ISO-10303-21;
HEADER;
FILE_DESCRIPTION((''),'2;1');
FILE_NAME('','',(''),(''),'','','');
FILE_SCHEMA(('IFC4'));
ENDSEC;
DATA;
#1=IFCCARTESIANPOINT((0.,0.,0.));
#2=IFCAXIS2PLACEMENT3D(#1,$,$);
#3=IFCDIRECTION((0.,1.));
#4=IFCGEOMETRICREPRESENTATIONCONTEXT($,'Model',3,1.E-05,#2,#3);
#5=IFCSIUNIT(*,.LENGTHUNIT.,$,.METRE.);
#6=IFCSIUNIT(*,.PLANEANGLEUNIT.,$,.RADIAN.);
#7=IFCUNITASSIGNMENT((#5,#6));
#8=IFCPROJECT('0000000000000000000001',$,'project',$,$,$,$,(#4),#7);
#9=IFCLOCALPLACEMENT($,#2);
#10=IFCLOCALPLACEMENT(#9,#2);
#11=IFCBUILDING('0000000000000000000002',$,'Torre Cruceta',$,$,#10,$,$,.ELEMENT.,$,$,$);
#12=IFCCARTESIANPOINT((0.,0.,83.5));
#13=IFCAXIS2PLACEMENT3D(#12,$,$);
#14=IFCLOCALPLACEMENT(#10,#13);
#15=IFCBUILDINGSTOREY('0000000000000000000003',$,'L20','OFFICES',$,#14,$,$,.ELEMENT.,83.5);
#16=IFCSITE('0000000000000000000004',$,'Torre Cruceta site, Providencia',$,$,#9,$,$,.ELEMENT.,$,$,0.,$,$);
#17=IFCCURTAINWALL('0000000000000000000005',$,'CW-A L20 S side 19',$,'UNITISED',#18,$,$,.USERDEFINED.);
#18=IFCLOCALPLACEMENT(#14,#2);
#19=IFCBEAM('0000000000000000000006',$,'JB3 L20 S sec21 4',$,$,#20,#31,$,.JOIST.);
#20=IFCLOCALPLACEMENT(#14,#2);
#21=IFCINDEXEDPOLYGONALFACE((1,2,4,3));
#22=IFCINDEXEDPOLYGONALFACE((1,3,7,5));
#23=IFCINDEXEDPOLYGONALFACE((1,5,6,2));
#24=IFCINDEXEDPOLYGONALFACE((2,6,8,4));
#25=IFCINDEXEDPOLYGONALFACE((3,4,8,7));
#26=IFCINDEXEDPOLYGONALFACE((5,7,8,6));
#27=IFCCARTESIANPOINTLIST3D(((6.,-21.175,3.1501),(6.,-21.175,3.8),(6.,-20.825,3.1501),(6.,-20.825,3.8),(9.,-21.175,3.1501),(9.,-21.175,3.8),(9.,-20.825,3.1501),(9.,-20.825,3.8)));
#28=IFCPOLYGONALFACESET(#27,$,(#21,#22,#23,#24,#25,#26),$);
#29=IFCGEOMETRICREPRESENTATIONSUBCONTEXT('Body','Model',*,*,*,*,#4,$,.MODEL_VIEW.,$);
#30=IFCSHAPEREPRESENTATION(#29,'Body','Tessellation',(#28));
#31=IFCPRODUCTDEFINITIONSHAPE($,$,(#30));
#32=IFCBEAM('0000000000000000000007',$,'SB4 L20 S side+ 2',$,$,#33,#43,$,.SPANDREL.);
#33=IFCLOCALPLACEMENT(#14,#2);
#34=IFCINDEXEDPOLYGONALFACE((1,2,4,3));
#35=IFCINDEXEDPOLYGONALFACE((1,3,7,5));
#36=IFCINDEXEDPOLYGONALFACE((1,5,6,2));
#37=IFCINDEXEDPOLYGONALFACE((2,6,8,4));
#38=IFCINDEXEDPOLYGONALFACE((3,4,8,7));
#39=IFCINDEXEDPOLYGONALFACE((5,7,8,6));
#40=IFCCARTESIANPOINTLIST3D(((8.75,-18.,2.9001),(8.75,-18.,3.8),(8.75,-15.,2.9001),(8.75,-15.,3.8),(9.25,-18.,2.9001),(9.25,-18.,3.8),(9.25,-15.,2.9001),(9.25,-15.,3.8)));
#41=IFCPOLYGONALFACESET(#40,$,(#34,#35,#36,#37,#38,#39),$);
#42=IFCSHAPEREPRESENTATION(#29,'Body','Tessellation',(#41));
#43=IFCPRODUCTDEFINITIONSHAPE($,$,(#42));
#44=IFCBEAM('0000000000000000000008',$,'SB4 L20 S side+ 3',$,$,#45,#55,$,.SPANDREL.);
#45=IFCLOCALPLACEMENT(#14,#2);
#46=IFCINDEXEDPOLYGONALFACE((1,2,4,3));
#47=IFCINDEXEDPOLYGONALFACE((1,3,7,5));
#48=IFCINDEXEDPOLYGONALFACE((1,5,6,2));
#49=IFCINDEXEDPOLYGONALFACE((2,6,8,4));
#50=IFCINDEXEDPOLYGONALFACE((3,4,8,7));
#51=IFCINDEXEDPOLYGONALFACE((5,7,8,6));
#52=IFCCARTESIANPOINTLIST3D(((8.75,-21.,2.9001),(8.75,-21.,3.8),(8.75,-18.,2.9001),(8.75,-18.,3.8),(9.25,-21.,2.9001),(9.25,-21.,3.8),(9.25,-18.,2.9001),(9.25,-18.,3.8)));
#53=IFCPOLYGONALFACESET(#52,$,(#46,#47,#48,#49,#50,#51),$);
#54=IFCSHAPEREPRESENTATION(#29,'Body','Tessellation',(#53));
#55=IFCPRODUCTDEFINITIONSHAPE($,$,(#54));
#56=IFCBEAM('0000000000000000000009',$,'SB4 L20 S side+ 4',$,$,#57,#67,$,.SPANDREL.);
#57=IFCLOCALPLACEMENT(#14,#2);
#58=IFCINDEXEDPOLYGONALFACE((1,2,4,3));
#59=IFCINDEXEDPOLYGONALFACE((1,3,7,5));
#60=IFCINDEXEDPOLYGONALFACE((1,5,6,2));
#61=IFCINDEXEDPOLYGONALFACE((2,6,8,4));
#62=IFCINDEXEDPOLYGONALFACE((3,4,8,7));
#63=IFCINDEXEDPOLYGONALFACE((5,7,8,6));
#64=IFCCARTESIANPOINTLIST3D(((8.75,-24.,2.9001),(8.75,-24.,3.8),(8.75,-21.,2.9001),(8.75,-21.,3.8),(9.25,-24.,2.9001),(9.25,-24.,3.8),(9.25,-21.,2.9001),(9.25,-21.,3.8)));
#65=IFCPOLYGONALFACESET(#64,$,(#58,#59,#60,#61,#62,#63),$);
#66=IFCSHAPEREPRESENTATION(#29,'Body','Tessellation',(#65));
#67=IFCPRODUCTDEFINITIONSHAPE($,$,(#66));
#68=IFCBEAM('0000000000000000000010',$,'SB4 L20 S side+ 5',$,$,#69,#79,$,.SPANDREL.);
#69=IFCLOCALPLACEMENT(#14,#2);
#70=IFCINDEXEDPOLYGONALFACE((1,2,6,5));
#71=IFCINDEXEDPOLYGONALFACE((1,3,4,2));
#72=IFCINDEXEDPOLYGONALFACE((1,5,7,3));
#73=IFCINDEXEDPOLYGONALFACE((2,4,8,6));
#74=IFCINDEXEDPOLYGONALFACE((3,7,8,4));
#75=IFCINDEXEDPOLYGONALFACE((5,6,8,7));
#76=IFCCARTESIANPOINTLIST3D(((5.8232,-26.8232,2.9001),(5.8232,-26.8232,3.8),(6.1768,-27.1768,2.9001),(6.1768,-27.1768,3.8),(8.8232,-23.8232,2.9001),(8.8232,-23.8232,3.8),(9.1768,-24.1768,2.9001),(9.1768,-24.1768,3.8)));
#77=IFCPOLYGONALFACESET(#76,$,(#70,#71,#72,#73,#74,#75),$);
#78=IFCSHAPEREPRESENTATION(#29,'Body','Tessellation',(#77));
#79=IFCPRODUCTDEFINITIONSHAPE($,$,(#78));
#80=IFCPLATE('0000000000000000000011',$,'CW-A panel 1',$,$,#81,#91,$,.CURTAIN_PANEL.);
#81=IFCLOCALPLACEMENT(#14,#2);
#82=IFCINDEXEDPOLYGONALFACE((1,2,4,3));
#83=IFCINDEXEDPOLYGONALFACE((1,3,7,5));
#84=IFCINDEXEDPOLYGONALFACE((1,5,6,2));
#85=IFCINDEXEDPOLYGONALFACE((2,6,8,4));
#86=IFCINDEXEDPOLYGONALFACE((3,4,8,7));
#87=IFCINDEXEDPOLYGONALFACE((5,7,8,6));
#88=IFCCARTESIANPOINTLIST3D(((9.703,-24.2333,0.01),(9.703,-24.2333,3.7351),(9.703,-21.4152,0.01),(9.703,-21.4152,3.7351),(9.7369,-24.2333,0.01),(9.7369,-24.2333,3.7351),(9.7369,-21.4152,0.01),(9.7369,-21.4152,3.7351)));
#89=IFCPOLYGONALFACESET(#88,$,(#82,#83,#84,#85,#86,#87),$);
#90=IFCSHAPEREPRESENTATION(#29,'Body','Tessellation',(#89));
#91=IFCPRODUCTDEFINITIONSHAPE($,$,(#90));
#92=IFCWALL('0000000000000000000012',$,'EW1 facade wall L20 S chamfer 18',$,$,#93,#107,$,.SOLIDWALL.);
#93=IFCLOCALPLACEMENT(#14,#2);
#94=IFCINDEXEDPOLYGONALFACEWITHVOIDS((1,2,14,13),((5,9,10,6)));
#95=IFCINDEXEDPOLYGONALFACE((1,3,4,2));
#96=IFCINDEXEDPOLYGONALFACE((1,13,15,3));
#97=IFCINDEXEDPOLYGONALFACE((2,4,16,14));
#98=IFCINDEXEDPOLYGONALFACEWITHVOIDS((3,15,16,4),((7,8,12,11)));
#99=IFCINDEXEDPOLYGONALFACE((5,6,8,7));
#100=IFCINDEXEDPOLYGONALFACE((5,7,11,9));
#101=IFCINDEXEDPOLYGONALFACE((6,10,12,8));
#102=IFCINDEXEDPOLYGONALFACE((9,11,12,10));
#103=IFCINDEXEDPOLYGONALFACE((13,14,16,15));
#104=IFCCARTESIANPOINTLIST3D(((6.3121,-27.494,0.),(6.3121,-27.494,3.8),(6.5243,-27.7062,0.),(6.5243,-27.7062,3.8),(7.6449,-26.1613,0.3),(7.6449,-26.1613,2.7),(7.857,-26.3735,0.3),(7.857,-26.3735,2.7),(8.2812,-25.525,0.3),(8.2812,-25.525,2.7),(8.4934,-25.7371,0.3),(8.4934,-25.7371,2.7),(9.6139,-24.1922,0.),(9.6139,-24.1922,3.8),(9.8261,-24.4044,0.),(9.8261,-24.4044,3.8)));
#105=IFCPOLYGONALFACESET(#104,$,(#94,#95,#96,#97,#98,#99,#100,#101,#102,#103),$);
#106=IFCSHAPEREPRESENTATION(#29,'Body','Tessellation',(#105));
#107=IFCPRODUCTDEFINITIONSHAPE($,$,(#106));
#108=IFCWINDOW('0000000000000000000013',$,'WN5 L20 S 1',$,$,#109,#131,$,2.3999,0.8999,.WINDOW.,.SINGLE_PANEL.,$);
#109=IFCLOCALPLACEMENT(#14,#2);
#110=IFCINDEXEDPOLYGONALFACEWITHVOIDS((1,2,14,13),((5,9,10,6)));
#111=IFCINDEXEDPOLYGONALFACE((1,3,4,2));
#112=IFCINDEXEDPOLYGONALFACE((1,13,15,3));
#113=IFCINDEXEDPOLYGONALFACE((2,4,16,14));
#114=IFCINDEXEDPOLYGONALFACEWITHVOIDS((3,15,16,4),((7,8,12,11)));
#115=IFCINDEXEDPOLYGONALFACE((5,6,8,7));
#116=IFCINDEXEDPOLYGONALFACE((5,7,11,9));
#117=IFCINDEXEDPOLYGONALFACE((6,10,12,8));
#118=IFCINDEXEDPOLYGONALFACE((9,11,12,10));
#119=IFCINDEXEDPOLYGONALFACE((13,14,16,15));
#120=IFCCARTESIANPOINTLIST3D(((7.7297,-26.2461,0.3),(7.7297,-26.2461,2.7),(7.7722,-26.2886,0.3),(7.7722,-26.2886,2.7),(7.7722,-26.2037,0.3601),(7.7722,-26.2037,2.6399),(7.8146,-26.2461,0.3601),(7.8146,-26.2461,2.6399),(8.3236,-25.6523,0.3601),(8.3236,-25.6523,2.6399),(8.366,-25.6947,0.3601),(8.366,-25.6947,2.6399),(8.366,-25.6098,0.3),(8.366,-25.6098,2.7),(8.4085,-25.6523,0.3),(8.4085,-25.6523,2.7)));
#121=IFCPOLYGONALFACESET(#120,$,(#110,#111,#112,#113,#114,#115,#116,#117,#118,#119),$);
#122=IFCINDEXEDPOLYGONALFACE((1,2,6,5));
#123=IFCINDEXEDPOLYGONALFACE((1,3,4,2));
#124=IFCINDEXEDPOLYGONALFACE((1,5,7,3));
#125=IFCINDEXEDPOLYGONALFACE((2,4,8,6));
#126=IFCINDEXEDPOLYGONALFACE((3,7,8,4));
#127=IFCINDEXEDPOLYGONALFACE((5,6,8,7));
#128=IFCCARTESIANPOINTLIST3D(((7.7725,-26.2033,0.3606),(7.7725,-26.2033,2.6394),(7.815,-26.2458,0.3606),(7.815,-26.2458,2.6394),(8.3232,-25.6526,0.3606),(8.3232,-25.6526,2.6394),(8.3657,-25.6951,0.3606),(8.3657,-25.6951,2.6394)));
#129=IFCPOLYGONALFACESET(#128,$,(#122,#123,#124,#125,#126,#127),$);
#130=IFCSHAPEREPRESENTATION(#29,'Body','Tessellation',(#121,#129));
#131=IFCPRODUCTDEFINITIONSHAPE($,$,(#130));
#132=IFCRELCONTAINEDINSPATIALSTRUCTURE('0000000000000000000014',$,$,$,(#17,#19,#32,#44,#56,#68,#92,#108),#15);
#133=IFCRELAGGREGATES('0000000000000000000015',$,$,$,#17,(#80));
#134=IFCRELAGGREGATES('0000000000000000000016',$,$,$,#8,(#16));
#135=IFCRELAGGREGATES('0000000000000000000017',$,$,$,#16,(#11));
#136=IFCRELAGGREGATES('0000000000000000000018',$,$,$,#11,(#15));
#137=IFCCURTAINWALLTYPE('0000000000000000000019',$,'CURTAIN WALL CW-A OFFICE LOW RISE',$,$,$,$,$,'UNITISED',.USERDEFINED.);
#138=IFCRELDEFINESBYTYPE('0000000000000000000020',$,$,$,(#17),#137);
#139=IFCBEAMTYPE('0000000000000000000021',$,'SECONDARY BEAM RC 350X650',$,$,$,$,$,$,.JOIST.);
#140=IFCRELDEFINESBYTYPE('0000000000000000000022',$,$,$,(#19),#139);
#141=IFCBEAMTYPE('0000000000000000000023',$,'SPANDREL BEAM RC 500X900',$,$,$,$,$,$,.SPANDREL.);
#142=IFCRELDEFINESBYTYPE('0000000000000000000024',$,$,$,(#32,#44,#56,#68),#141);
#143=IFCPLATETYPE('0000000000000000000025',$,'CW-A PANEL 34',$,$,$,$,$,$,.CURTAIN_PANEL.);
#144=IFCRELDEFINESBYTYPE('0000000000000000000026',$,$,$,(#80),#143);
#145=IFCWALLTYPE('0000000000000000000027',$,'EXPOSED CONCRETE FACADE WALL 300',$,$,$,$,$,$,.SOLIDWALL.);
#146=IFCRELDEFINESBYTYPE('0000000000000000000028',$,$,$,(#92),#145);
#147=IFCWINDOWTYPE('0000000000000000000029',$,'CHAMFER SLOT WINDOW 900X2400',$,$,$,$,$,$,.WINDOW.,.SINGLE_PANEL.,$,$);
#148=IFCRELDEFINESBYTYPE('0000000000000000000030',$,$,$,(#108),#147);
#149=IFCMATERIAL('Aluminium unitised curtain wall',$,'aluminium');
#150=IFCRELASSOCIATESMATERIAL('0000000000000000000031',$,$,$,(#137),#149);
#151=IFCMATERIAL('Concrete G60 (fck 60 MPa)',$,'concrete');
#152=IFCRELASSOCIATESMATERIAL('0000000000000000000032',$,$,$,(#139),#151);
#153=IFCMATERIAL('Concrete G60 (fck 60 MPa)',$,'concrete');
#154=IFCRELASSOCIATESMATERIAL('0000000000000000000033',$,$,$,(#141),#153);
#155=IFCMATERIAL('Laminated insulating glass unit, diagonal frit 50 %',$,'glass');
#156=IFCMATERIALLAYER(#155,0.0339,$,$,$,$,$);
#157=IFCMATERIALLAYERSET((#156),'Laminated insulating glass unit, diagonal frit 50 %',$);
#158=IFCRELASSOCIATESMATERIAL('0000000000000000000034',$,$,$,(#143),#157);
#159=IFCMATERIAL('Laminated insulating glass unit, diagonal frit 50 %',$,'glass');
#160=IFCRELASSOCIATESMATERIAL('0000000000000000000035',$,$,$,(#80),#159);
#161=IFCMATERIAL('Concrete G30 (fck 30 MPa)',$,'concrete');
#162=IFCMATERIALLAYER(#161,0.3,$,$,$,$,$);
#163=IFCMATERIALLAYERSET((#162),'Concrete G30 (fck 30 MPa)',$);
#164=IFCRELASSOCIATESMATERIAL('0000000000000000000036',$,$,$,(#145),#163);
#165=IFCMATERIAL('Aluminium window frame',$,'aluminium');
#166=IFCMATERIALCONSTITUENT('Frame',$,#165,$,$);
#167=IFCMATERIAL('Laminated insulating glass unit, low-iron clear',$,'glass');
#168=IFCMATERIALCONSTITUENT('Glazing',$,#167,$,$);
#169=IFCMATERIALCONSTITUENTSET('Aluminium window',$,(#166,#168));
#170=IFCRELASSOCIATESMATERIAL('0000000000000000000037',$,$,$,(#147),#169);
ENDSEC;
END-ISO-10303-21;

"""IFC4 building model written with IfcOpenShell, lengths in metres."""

from ifc_helpers import new_model, si_unit, direction, frame, frame_2d, origin, origin_2d, place, context, subcontext, project, spatial, rectangle, hollow_rectangle, extrude, material, layer, layer_set, constituent, constituent_set, material_profile, profile_set, type_object, element, fill, aggregate, save


model = new_model("IFC4")

# Units and contexts
model_context = context("Model", 3, precision=1e-05, world=origin(), true_north=direction((0.0, 1.0)))
body_context = subcontext(model_context, "Body", "Model", "MODEL_VIEW")
ifc_project = project(units=[si_unit("LENGTHUNIT", "METRE"), si_unit("PLANEANGLEUNIT", "RADIAN")], contexts=[model_context])

# Site, building, storey
site_placement = place(None, origin())
site = spatial("IfcSite", under=ifc_project, at=site_placement, Name="Torre Cruceta site, Providencia", CompositionType="ELEMENT", RefElevation=0.0)
building_placement = place(site_placement, origin())
building = spatial("IfcBuilding", under=site, at=building_placement, Name="Torre Cruceta", CompositionType="ELEMENT")
storey_placement = place(building_placement, frame((0.0, 0.0, 83.5)))
storey = spatial("IfcBuildingStorey", under=building, at=storey_placement, Name="L20", Description="OFFICES", CompositionType="ELEMENT", Elevation=83.5)

# Curtain wall
ifc_material_1 = material(Name="Aluminium unitised curtain wall", Category="aluminium")
curtain_wall_type = type_object("IfcCurtainWallType", Name="CURTAIN WALL CW-A OFFICE LOW RISE", ElementType="UNITISED", PredefinedType="USERDEFINED", material=ifc_material_1)
curtain_wall_placement = place(storey_placement, origin())
curtain_wall = element("IfcCurtainWall", 1, at=curtain_wall_placement, inside=storey, type_object=curtain_wall_type, Name="CW-A L20 S side 19", ObjectType="UNITISED", PredefinedType="USERDEFINED")

# Beams
ifc_material_2 = material(Name="Concrete G60 (fck 60 MPa)", Category="concrete")
ifc_material_profile_1 = material_profile(ifc_material_2, rectangle(XDim=0.3501, YDim=0.6499, at=origin_2d()), Name="RC 350X650")
ifc_profile_set_1 = profile_set([ifc_material_profile_1], Name="Concrete G60 (fck 60 MPa)")
beam_type_1 = type_object("IfcBeamType", Name="SECONDARY BEAM RC 350X650", PredefinedType="JOIST", material=ifc_profile_set_1)
beam_1_placement = place(storey_placement, frame((6.0, -21.0, 3.4751), z_axis=(1.0, 0.0, 0.0), x_axis=(0.0, 1.0, 0.0)))
element("IfcBeam", 2, at=beam_1_placement, inside=storey, type_object=beam_type_1, Name="JB3 L20 S sec21 4", PredefinedType="JOIST", context=body_context, shape_type="SweptSolid", body=[
    extrude(rectangle(XDim=0.3501, YDim=0.6499, at=origin_2d()), origin(), (0.0, 0.0, 1.0), 3.0),
])
ifc_material_3 = material(Name="Concrete G60 (fck 60 MPa)", Category="concrete")
ifc_material_profile_2 = material_profile(ifc_material_3, rectangle(XDim=0.5, YDim=0.8999, at=origin_2d()), Name="RC 500X900")
ifc_profile_set_2 = profile_set([ifc_material_profile_2], Name="Concrete G60 (fck 60 MPa)")
beam_type_2 = type_object("IfcBeamType", Name="SPANDREL BEAM RC 500X900", PredefinedType="SPANDREL", material=ifc_profile_set_2)
for number, where, z_axis, x_axis, name in (
    (3, (9.0, -15.0, 3.3501), (0.0, -1.0, 0.0), (1.0, 0.0, 0.0), "SB4 L20 S side+ 2"),
    (4, (9.0, -18.0, 3.3501), (0.0, -1.0, 0.0), (1.0, 0.0, 0.0), "SB4 L20 S side+ 3"),
    (5, (9.0, -21.0, 3.3501), (0.0, -1.0, 0.0), (1.0, 0.0, 0.0), "SB4 L20 S side+ 4"),
):
    element("IfcBeam", number, at=place(storey_placement, frame(where, z_axis=z_axis, x_axis=x_axis)), inside=storey, type_object=beam_type_2, Name=name, PredefinedType="SPANDREL", context=body_context, shape_type="SweptSolid", body=[
        extrude(rectangle(XDim=0.5, YDim=0.8999, at=origin_2d()), origin(), (0.0, 0.0, 1.0), 3.0),
    ])
beam_2_placement = place(storey_placement, frame((9.0, -24.0, 3.3501), z_axis=(-0.707107, -0.707107, 0.0), x_axis=(0.707107, -0.707107, 0.0)))
element("IfcBeam", 6, at=beam_2_placement, inside=storey, type_object=beam_type_2, Name="SB4 L20 S side+ 5", PredefinedType="SPANDREL", context=body_context, shape_type="SweptSolid", body=[
    extrude(rectangle(XDim=0.5, YDim=0.8999, at=origin_2d()), origin(), (0.0, 0.0, 1.0), 4.2427),
])

# Plate
ifc_material_4 = material(Name="Laminated insulating glass unit, diagonal frit 50 %", Category="glass")
ifc_material_5 = material(Name="Laminated insulating glass unit, diagonal frit 50 %", Category="glass")
ifc_layer_1 = layer(ifc_material_5, 0.0339)
ifc_layer_set_1 = layer_set([ifc_layer_1], Name="Laminated insulating glass unit, diagonal frit 50 %")
plate_type = type_object("IfcPlateType", Name="CW-A PANEL 34", PredefinedType="CURTAIN_PANEL", material=ifc_layer_set_1)
plate_placement = place(storey_placement, frame((9.72, -22.8242, 0.01), z_axis=(0.0, 0.0, 1.0), x_axis=(0.0, 1.0, 0.0)))
plate = element("IfcPlate", 7, at=plate_placement, type_object=plate_type, material=ifc_material_4, Name="CW-A panel 1", PredefinedType="CURTAIN_PANEL", context=body_context, shape_type="SweptSolid", body=[
    extrude(rectangle(XDim=2.8181, YDim=0.0339, at=origin_2d()), origin(), (0.0, 0.0, 1.0), 3.7251),
])
aggregate(curtain_wall, [plate])

# Wall, opening, window
ifc_material_6 = material(Name="Concrete G30 (fck 30 MPa)", Category="concrete")
ifc_layer_2 = layer(ifc_material_6, 0.3)
ifc_layer_set_2 = layer_set([ifc_layer_2], Name="Concrete G30 (fck 30 MPa)")
wall_type_1 = type_object("IfcWallType", Name="EXPOSED CONCRETE FACADE WALL 300", PredefinedType="SOLIDWALL", material=ifc_layer_set_2)
wall_1_placement = place(storey_placement, frame((6.4182, -27.6001, 0.0), z_axis=(0.0, 0.0, 1.0), x_axis=(0.707107, 0.707107, 0.0)))
wall_1 = element("IfcWall", 8, at=wall_1_placement, inside=storey, type_object=wall_type_1, Name="EW1 facade wall L20 S chamfer 18", PredefinedType="SOLIDWALL", context=body_context, shape_type="SweptSolid", body=[
    extrude(rectangle(XDim=4.6694, YDim=0.3, at=frame_2d((2.3347, 0.0))), origin(), (0.0, 0.0, 1.0), 3.8),
])
opening_1_placement = place(wall_1_placement, frame((1.8848, 0.0, 0.3)))
opening_1 = element("IfcOpeningElement", 9, at=opening_1_placement, cuts=wall_1, PredefinedType="OPENING", context=body_context, shape_type="SweptSolid", body=[
    extrude(rectangle(XDim=0.8999, YDim=2.3999, at=frame_2d((0.45, 1.2))), frame((0.0, 0.1599, 0.0), z_axis=(0.0, -1.0, 0.0), x_axis=(1.0, 0.0, 0.0)), (0.0, 0.0, 1.0), 0.3201),
])
ifc_material_7 = material(Name="Aluminium window frame", Category="aluminium")
ifc_constituent_1 = constituent(ifc_material_7, Name="Frame")
ifc_material_8 = material(Name="Laminated insulating glass unit, low-iron clear", Category="glass")
ifc_constituent_2 = constituent(ifc_material_8, Name="Glazing")
ifc_constituent_set_1 = constituent_set(constituents=[ifc_constituent_1, ifc_constituent_2], Name="Aluminium window")
window_type = type_object("IfcWindowType", Name="CHAMFER SLOT WINDOW 900X2400", PartitioningType="SINGLE_PANEL", PredefinedType="WINDOW", material=ifc_constituent_set_1)
window_placement = place(opening_1_placement, origin())
window = element("IfcWindow", 10, at=window_placement, inside=storey, type_object=window_type, Name="WN5 L20 S 1", OverallHeight=2.3999, OverallWidth=0.8999, PartitioningType="SINGLE_PANEL", PredefinedType="WINDOW", context=body_context, shape_type="SweptSolid", body=[
    extrude(hollow_rectangle(XDim=0.8999, YDim=2.3999, WallThickness=0.0601, at=frame_2d((0.45, 1.2))), frame((0.0, 0.03, 0.0), z_axis=(0.0, -1.0, 0.0), x_axis=(1.0, 0.0, 0.0)), (0.0, 0.0, 1.0), 0.0601),
    extrude(rectangle(XDim=0.7788, YDim=2.2788, at=frame_2d((0.45, 1.2))), frame((0.0, 0.03, 0.0), z_axis=(0.0, -1.0, 0.0), x_axis=(1.0, 0.0, 0.0)), (0.0, 0.0, 1.0), 0.0601),
])
fill(opening_1, window)

save(model, "model.ifc")
